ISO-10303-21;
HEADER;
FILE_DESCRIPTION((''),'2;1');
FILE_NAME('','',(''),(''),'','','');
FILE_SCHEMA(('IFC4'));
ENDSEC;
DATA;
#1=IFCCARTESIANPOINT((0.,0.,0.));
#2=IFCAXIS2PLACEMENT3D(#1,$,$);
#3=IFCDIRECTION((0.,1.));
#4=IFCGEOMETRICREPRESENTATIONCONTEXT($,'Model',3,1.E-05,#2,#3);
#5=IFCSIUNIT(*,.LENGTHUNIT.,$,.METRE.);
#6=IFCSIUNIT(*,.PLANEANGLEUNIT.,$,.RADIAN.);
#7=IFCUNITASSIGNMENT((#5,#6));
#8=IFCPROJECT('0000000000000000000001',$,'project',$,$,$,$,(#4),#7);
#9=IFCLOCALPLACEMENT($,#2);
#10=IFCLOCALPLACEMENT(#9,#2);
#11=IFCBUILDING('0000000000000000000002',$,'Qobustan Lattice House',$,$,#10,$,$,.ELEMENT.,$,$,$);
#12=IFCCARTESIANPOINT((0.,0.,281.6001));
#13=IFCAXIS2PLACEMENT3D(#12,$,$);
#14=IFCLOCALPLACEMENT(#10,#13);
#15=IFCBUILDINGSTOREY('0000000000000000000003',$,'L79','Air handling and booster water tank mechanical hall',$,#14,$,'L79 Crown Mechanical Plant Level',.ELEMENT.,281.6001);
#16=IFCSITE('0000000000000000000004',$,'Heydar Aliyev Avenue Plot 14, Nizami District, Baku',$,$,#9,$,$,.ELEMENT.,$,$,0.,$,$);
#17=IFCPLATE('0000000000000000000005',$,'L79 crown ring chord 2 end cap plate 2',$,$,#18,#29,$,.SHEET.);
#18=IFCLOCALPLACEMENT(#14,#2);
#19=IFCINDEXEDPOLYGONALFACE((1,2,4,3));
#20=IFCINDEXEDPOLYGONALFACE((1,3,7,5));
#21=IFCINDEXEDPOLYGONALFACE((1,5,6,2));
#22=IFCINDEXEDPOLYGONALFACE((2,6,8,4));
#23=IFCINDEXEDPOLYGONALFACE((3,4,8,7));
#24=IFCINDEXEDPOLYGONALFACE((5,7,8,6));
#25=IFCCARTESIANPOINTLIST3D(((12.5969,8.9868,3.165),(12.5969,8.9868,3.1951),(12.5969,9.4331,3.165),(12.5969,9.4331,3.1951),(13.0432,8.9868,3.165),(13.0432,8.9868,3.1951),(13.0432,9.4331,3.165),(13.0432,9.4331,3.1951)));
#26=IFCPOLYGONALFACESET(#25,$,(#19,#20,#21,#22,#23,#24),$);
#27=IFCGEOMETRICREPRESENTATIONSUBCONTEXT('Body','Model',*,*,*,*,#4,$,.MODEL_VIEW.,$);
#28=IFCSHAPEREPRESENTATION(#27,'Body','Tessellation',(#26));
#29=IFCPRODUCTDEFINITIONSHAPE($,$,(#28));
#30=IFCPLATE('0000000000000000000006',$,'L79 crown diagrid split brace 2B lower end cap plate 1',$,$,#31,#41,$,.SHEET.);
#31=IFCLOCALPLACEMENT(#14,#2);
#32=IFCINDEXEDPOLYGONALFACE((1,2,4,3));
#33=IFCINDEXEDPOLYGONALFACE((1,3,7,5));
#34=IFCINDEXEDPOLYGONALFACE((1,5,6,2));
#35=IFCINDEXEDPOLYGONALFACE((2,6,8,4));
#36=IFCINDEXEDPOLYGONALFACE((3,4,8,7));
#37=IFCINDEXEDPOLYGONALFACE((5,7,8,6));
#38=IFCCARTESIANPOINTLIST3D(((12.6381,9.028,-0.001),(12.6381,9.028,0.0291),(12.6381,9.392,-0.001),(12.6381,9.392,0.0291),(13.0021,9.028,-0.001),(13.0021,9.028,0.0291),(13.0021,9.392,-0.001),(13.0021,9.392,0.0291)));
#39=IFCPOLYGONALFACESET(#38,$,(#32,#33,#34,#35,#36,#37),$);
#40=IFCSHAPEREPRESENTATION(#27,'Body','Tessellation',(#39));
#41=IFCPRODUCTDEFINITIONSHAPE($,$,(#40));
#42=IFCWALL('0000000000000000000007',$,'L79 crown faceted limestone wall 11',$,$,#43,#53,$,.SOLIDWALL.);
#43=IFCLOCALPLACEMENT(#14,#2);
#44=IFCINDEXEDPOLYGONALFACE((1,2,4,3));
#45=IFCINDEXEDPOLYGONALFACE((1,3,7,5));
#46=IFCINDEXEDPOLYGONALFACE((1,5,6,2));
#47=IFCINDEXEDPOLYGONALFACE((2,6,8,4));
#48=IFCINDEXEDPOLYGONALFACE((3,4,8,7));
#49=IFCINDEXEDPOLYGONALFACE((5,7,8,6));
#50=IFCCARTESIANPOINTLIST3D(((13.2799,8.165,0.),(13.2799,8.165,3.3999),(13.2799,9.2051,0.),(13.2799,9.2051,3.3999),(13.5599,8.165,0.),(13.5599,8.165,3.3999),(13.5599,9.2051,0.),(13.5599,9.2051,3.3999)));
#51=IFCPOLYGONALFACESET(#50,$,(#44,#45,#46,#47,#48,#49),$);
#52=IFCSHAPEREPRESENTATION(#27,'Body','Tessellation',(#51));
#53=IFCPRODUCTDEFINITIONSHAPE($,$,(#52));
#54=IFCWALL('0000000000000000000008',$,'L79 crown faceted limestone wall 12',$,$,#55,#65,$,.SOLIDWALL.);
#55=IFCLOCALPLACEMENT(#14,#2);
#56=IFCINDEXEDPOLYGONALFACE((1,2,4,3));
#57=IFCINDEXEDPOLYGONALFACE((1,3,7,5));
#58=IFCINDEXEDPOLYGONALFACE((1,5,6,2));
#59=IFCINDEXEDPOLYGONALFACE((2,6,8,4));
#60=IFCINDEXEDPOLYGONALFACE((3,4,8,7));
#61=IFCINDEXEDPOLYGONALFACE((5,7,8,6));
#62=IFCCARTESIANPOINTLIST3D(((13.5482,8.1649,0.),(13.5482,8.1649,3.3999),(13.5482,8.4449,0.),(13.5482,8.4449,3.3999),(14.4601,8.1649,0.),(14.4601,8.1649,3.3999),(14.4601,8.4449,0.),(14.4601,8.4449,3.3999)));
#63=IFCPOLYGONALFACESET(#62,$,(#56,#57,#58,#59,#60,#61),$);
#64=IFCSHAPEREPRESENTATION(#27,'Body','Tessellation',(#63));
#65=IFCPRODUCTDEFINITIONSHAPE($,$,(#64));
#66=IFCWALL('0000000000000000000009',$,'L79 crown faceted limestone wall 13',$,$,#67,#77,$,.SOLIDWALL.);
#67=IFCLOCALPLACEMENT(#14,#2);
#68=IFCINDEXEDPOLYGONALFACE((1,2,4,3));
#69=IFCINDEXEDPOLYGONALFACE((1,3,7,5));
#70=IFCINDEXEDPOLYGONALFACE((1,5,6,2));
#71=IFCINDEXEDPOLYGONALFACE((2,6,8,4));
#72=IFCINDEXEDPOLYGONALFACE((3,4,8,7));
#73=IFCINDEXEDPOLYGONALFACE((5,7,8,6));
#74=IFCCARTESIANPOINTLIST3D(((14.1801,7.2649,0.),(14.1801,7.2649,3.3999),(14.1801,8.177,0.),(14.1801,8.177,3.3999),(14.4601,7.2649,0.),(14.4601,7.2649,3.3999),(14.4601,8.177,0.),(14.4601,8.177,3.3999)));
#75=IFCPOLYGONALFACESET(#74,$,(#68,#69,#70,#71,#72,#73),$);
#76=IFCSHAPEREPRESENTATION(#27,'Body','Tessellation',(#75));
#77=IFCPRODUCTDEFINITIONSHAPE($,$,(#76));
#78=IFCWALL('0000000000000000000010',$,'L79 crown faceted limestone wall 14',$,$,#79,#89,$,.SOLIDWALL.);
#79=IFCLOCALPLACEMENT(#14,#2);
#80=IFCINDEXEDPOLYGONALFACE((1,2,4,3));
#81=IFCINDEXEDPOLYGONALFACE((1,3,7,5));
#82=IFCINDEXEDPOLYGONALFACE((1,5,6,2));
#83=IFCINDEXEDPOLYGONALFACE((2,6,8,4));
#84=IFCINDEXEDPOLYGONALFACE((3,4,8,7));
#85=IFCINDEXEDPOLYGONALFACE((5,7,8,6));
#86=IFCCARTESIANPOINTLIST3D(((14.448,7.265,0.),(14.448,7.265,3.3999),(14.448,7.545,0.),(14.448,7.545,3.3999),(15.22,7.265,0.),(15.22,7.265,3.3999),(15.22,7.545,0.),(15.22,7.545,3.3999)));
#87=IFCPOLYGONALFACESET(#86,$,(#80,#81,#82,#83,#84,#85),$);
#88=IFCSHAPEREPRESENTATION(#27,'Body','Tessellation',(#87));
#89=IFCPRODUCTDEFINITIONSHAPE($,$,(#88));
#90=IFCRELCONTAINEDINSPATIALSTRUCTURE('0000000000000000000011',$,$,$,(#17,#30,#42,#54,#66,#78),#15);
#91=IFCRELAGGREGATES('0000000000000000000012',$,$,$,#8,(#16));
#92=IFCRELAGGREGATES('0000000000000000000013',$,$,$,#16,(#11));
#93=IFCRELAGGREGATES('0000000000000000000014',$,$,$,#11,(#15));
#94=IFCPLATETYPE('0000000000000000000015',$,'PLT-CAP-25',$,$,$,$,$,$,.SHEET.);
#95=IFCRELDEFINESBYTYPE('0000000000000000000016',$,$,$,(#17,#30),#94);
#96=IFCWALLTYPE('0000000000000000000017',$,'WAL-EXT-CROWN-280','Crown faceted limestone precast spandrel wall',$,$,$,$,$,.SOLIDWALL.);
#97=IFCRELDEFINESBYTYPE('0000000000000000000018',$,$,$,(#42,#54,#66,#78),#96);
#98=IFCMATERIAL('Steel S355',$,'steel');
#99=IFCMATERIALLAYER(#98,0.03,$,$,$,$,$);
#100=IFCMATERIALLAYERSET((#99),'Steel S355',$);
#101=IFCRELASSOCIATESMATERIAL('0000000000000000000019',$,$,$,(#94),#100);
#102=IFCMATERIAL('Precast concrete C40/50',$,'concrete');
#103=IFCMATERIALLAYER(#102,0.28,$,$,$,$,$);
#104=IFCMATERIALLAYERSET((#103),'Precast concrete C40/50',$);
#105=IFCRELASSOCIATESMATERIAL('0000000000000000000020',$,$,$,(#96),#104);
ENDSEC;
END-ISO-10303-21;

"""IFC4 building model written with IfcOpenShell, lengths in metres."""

from ifc_helpers import new_model, si_unit, direction, frame, frame_2d, origin, origin_2d, place, context, subcontext, project, spatial, rectangle, extrude, material, layer, layer_set, type_object, element, save


model = new_model("IFC4")

# Units and contexts
model_context = context("Model", 3, precision=1e-05, world=origin(), true_north=direction((0.0, 1.0)))
body_context = subcontext(model_context, "Body", "Model", "MODEL_VIEW")
ifc_project = project(units=[si_unit("LENGTHUNIT", "METRE"), si_unit("PLANEANGLEUNIT", "RADIAN")], contexts=[model_context])

# Site, building, storey
site_placement = place(None, origin())
site = spatial("IfcSite", under=ifc_project, at=site_placement, Name="Heydar Aliyev Avenue Plot 14, Nizami District, Baku", CompositionType="ELEMENT", RefElevation=0.0)
building_placement = place(site_placement, origin())
building = spatial("IfcBuilding", under=site, at=building_placement, Name="Qobustan Lattice House", CompositionType="ELEMENT")
storey_placement = place(building_placement, frame((0.0, 0.0, 281.6001)))
storey = spatial("IfcBuildingStorey", under=building, at=storey_placement, Name="L79", Description="Air handling and booster water tank mechanical hall", LongName="L79 Crown Mechanical Plant Level", CompositionType="ELEMENT", Elevation=281.6001)

# Plates
ifc_material_1 = material(Name="Steel S355", Category="steel")
ifc_layer_1 = layer(ifc_material_1, 0.03)
ifc_layer_set_1 = layer_set([ifc_layer_1], Name="Steel S355")
plate_type_1 = type_object("IfcPlateType", Name="PLT-CAP-25", PredefinedType="SHEET", material=ifc_layer_set_1)
plate_1_placement = place(storey_placement, frame((12.8201, 9.21, 3.165), z_axis=(0.0, 0.0, 1.0), x_axis=(0.0, 1.0, 0.0)))
element("IfcPlate", 1, at=plate_1_placement, inside=storey, type_object=plate_type_1, Name="L79 crown ring chord 2 end cap plate 2", PredefinedType="SHEET", context=body_context, shape_type="SweptSolid", body=[
    extrude(rectangle(XDim=0.4463, YDim=0.4463, at=origin_2d()), origin(), (0.0, 0.0, 1.0), 0.03),
])
plate_2_placement = place(storey_placement, frame((12.8201, 9.21, -0.001), z_axis=(0.0, 0.0, 1.0), x_axis=(0.0, -1.0, 0.0)))
element("IfcPlate", 2, at=plate_2_placement, inside=storey, type_object=plate_type_1, Name="L79 crown diagrid split brace 2B lower end cap plate 1", PredefinedType="SHEET", context=body_context, shape_type="SweptSolid", body=[
    extrude(rectangle(XDim=0.364, YDim=0.364, at=origin_2d()), origin(), (0.0, 0.0, 1.0), 0.03),
])

# Walls
ifc_material_2 = material(Name="Precast concrete C40/50", Category="concrete")
ifc_layer_2 = layer(ifc_material_2, 0.28)
ifc_layer_set_2 = layer_set([ifc_layer_2], Name="Precast concrete C40/50")
wall_type = type_object("IfcWallType", Name="WAL-EXT-CROWN-280", Description="Crown faceted limestone precast spandrel wall", PredefinedType="SOLIDWALL", material=ifc_layer_set_2)
wall_1_placement = place(storey_placement, frame((13.4199, 9.2051, 0.0), z_axis=(0.0, 0.0, 1.0), x_axis=(0.0, -1.0, 0.0)))
element("IfcWall", 3, at=wall_1_placement, inside=storey, type_object=wall_type, Name="L79 crown faceted limestone wall 11", PredefinedType="SOLIDWALL", context=body_context, shape_type="SweptSolid", body=[
    extrude(rectangle(XDim=1.04, YDim=0.28, at=frame_2d((0.52, 0.0))), origin(), (0.0, 0.0, 1.0), 3.3999),
])
wall_2_placement = place(storey_placement, frame((13.5481, 8.3049, 0.0), z_axis=(0.0, 0.0, 1.0), x_axis=(1.0, 0.0, 0.0)))
element("IfcWall", 4, at=wall_2_placement, inside=storey, type_object=wall_type, Name="L79 crown faceted limestone wall 12", PredefinedType="SOLIDWALL", context=body_context, shape_type="SweptSolid", body=[
    extrude(rectangle(XDim=0.9119, YDim=0.28, at=frame_2d((0.4561, 0.0))), origin(), (0.0, 0.0, 1.0), 3.3999),
])
wall_3_placement = place(storey_placement, frame((14.3201, 8.177, 0.0), z_axis=(0.0, 0.0, 1.0), x_axis=(0.0, -1.0, 0.0)))
element("IfcWall", 5, at=wall_3_placement, inside=storey, type_object=wall_type, Name="L79 crown faceted limestone wall 13", PredefinedType="SOLIDWALL", context=body_context, shape_type="SweptSolid", body=[
    extrude(rectangle(XDim=0.9121, YDim=0.28, at=frame_2d((0.4561, 0.0))), origin(), (0.0, 0.0, 1.0), 3.3999),
])
wall_4_placement = place(storey_placement, frame((14.448, 7.405, 0.0), z_axis=(0.0, 0.0, 1.0), x_axis=(1.0, 0.0, 0.0)))
element("IfcWall", 6, at=wall_4_placement, inside=storey, type_object=wall_type, Name="L79 crown faceted limestone wall 14", PredefinedType="SOLIDWALL", context=body_context, shape_type="SweptSolid", body=[
    extrude(rectangle(XDim=0.772, YDim=0.28, at=frame_2d((0.386, 0.0))), origin(), (0.0, 0.0, 1.0), 3.3999),
])

save(model, "model.ifc")
